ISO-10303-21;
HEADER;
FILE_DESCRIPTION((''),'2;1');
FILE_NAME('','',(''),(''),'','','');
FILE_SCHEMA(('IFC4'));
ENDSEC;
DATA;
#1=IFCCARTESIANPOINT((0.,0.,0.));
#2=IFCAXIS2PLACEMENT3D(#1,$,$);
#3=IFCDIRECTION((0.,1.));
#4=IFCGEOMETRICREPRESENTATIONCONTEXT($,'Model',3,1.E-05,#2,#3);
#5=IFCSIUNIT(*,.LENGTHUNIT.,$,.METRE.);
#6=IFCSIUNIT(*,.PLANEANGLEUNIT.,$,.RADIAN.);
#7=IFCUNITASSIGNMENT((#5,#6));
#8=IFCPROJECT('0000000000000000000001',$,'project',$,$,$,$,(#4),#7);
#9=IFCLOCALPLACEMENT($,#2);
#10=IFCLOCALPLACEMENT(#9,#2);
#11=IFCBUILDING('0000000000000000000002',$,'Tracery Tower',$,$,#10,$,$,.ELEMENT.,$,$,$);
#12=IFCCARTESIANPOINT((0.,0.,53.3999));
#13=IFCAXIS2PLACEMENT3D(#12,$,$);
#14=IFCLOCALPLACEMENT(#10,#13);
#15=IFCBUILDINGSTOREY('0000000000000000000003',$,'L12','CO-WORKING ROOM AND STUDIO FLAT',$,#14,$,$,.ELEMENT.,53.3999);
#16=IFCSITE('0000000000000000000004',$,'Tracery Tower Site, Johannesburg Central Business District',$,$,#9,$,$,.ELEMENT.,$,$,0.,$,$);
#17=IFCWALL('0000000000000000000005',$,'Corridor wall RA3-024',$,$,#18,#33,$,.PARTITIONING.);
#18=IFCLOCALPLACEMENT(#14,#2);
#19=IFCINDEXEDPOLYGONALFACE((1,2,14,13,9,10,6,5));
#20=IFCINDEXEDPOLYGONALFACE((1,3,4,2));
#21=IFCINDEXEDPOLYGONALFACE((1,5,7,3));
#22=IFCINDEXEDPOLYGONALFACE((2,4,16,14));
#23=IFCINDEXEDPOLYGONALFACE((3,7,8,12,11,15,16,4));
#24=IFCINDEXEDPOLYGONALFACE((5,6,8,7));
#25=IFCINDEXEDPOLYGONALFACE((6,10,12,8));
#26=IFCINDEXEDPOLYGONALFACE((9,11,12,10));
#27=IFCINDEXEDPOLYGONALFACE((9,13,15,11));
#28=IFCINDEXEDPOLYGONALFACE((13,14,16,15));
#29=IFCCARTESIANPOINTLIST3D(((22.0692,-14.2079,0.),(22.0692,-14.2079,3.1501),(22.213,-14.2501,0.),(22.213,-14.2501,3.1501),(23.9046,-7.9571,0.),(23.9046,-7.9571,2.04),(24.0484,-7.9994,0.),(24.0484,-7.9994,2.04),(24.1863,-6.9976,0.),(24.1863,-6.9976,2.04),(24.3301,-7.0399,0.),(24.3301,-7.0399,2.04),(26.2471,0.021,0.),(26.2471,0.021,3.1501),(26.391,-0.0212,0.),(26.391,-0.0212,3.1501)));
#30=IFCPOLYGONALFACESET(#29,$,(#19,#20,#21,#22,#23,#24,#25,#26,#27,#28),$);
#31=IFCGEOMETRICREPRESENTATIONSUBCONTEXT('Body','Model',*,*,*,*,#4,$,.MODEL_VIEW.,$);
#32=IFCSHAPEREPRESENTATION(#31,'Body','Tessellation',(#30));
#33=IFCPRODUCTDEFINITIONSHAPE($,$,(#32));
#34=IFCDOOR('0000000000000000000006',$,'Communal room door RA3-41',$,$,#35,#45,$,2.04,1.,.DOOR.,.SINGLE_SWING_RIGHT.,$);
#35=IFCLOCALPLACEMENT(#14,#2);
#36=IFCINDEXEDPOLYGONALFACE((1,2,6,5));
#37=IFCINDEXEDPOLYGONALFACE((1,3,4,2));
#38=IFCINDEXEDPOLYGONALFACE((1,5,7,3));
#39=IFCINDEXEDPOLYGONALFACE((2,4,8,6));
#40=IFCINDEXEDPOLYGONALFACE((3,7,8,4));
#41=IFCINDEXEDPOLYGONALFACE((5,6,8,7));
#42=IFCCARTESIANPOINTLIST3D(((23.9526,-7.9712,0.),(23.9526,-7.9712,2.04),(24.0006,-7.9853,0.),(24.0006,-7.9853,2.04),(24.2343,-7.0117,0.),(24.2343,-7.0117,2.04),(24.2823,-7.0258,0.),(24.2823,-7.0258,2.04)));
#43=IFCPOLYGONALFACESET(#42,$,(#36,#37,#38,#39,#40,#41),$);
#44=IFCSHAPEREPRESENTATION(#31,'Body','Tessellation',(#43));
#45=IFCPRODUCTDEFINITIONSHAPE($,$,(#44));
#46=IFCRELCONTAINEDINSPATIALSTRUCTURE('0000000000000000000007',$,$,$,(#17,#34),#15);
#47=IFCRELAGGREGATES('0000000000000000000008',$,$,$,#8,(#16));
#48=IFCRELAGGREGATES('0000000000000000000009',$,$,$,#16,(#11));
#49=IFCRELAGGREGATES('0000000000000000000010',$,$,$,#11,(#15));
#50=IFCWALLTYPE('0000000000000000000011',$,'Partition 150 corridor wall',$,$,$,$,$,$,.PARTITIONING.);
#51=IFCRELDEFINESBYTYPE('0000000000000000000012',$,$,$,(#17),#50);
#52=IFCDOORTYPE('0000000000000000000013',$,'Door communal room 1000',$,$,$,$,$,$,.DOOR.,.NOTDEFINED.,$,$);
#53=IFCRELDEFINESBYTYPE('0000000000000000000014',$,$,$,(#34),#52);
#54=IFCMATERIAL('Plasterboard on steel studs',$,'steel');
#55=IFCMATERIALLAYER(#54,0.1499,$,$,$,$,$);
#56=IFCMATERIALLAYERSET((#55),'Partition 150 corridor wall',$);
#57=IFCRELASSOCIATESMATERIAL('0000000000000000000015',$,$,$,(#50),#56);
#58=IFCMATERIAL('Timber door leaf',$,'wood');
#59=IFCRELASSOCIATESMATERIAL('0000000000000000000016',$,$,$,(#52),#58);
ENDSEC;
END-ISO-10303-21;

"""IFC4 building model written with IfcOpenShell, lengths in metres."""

from ifc_helpers import new_model, si_unit, direction, frame, frame_2d, origin, place, context, subcontext, project, spatial, rectangle, extrude, material, layer, layer_set, type_object, element, fill, save


model = new_model("IFC4")

# Units and contexts
model_context = context("Model", 3, precision=1e-05, world=origin(), true_north=direction((0.0, 1.0)))
body_context = subcontext(model_context, "Body", "Model", "MODEL_VIEW")
ifc_project = project(units=[si_unit("LENGTHUNIT", "METRE"), si_unit("PLANEANGLEUNIT", "RADIAN")], contexts=[model_context])

# Site, building, storey
site_placement = place(None, origin())
site = spatial("IfcSite", under=ifc_project, at=site_placement, Name="Tracery Tower Site, Johannesburg Central Business District", CompositionType="ELEMENT", RefElevation=0.0)
building_placement = place(site_placement, origin())
building = spatial("IfcBuilding", under=site, at=building_placement, Name="Tracery Tower", CompositionType="ELEMENT")
storey_placement = place(building_placement, frame((0.0, 0.0, 53.3999)))
storey = spatial("IfcBuildingStorey", under=building, at=storey_placement, Name="L12", Description="CO-WORKING ROOM AND STUDIO FLAT", CompositionType="ELEMENT", Elevation=53.3999)

# Shared definitions
ifc_material_1 = material(Name="Plasterboard on steel studs", Category="steel")
ifc_layer_1 = layer(ifc_material_1, 0.1499)
ifc_layer_set_1 = layer_set([ifc_layer_1], Name="Partition 150 corridor wall")
wall_type_1 = type_object("IfcWallType", Name="Partition 150 corridor wall", PredefinedType="PARTITIONING", material=ifc_layer_set_1)

# Wall, opening, door
wall_1_placement = place(storey_placement, frame((22.1411, -14.229, 0.0), z_axis=(0.0, 0.0, 1.0), x_axis=(0.28173, 0.959494, 0.0)))
wall_1 = element("IfcWall", 1, at=wall_1_placement, inside=storey, type_object=wall_type_1, Name="Corridor wall RA3-024", PredefinedType="PARTITIONING", context=body_context, shape_type="SweptSolid", body=[
    extrude(rectangle(XDim=14.8296, YDim=0.1499, at=frame_2d((7.4148, 0.0))), origin(), (0.0, 0.0, 1.0), 3.1501),
])
opening_1_placement = place(wall_1_placement, frame((6.5146, 0.0, 0.0)))
opening_1 = element("IfcOpeningElement", 2, at=opening_1_placement, cuts=wall_1, PredefinedType="OPENING", context=body_context, shape_type="SweptSolid", body=[
    extrude(rectangle(XDim=1.0, YDim=2.04, at=frame_2d((0.5, 1.02))), frame((0.0, 0.075, 0.0), z_axis=(0.0, -1.0, 0.0), x_axis=(1.0, 0.0, 0.0)), (0.0, 0.0, 1.0), 0.1499),
])
ifc_material_2 = material(Name="Timber door leaf", Category="wood")
door_type = type_object("IfcDoorType", Name="Door communal room 1000", OperationType="NOTDEFINED", PredefinedType="DOOR", material=ifc_material_2)
door_placement = place(opening_1_placement, origin())
door = element("IfcDoor", 3, at=door_placement, inside=storey, type_object=door_type, Name="Communal room door RA3-41", OperationType="SINGLE_SWING_RIGHT", OverallHeight=2.04, OverallWidth=1.0, PredefinedType="DOOR", context=body_context, shape_type="SweptSolid", body=[
    extrude(rectangle(XDim=1.0, YDim=2.04, at=frame_2d((0.5, 1.02))), frame((0.0, 0.0249, 0.0), z_axis=(0.0, -1.0, 0.0), x_axis=(1.0, 0.0, 0.0)), (0.0, 0.0, 1.0), 0.05),
])
fill(opening_1, door)

save(model, "model.ifc")
